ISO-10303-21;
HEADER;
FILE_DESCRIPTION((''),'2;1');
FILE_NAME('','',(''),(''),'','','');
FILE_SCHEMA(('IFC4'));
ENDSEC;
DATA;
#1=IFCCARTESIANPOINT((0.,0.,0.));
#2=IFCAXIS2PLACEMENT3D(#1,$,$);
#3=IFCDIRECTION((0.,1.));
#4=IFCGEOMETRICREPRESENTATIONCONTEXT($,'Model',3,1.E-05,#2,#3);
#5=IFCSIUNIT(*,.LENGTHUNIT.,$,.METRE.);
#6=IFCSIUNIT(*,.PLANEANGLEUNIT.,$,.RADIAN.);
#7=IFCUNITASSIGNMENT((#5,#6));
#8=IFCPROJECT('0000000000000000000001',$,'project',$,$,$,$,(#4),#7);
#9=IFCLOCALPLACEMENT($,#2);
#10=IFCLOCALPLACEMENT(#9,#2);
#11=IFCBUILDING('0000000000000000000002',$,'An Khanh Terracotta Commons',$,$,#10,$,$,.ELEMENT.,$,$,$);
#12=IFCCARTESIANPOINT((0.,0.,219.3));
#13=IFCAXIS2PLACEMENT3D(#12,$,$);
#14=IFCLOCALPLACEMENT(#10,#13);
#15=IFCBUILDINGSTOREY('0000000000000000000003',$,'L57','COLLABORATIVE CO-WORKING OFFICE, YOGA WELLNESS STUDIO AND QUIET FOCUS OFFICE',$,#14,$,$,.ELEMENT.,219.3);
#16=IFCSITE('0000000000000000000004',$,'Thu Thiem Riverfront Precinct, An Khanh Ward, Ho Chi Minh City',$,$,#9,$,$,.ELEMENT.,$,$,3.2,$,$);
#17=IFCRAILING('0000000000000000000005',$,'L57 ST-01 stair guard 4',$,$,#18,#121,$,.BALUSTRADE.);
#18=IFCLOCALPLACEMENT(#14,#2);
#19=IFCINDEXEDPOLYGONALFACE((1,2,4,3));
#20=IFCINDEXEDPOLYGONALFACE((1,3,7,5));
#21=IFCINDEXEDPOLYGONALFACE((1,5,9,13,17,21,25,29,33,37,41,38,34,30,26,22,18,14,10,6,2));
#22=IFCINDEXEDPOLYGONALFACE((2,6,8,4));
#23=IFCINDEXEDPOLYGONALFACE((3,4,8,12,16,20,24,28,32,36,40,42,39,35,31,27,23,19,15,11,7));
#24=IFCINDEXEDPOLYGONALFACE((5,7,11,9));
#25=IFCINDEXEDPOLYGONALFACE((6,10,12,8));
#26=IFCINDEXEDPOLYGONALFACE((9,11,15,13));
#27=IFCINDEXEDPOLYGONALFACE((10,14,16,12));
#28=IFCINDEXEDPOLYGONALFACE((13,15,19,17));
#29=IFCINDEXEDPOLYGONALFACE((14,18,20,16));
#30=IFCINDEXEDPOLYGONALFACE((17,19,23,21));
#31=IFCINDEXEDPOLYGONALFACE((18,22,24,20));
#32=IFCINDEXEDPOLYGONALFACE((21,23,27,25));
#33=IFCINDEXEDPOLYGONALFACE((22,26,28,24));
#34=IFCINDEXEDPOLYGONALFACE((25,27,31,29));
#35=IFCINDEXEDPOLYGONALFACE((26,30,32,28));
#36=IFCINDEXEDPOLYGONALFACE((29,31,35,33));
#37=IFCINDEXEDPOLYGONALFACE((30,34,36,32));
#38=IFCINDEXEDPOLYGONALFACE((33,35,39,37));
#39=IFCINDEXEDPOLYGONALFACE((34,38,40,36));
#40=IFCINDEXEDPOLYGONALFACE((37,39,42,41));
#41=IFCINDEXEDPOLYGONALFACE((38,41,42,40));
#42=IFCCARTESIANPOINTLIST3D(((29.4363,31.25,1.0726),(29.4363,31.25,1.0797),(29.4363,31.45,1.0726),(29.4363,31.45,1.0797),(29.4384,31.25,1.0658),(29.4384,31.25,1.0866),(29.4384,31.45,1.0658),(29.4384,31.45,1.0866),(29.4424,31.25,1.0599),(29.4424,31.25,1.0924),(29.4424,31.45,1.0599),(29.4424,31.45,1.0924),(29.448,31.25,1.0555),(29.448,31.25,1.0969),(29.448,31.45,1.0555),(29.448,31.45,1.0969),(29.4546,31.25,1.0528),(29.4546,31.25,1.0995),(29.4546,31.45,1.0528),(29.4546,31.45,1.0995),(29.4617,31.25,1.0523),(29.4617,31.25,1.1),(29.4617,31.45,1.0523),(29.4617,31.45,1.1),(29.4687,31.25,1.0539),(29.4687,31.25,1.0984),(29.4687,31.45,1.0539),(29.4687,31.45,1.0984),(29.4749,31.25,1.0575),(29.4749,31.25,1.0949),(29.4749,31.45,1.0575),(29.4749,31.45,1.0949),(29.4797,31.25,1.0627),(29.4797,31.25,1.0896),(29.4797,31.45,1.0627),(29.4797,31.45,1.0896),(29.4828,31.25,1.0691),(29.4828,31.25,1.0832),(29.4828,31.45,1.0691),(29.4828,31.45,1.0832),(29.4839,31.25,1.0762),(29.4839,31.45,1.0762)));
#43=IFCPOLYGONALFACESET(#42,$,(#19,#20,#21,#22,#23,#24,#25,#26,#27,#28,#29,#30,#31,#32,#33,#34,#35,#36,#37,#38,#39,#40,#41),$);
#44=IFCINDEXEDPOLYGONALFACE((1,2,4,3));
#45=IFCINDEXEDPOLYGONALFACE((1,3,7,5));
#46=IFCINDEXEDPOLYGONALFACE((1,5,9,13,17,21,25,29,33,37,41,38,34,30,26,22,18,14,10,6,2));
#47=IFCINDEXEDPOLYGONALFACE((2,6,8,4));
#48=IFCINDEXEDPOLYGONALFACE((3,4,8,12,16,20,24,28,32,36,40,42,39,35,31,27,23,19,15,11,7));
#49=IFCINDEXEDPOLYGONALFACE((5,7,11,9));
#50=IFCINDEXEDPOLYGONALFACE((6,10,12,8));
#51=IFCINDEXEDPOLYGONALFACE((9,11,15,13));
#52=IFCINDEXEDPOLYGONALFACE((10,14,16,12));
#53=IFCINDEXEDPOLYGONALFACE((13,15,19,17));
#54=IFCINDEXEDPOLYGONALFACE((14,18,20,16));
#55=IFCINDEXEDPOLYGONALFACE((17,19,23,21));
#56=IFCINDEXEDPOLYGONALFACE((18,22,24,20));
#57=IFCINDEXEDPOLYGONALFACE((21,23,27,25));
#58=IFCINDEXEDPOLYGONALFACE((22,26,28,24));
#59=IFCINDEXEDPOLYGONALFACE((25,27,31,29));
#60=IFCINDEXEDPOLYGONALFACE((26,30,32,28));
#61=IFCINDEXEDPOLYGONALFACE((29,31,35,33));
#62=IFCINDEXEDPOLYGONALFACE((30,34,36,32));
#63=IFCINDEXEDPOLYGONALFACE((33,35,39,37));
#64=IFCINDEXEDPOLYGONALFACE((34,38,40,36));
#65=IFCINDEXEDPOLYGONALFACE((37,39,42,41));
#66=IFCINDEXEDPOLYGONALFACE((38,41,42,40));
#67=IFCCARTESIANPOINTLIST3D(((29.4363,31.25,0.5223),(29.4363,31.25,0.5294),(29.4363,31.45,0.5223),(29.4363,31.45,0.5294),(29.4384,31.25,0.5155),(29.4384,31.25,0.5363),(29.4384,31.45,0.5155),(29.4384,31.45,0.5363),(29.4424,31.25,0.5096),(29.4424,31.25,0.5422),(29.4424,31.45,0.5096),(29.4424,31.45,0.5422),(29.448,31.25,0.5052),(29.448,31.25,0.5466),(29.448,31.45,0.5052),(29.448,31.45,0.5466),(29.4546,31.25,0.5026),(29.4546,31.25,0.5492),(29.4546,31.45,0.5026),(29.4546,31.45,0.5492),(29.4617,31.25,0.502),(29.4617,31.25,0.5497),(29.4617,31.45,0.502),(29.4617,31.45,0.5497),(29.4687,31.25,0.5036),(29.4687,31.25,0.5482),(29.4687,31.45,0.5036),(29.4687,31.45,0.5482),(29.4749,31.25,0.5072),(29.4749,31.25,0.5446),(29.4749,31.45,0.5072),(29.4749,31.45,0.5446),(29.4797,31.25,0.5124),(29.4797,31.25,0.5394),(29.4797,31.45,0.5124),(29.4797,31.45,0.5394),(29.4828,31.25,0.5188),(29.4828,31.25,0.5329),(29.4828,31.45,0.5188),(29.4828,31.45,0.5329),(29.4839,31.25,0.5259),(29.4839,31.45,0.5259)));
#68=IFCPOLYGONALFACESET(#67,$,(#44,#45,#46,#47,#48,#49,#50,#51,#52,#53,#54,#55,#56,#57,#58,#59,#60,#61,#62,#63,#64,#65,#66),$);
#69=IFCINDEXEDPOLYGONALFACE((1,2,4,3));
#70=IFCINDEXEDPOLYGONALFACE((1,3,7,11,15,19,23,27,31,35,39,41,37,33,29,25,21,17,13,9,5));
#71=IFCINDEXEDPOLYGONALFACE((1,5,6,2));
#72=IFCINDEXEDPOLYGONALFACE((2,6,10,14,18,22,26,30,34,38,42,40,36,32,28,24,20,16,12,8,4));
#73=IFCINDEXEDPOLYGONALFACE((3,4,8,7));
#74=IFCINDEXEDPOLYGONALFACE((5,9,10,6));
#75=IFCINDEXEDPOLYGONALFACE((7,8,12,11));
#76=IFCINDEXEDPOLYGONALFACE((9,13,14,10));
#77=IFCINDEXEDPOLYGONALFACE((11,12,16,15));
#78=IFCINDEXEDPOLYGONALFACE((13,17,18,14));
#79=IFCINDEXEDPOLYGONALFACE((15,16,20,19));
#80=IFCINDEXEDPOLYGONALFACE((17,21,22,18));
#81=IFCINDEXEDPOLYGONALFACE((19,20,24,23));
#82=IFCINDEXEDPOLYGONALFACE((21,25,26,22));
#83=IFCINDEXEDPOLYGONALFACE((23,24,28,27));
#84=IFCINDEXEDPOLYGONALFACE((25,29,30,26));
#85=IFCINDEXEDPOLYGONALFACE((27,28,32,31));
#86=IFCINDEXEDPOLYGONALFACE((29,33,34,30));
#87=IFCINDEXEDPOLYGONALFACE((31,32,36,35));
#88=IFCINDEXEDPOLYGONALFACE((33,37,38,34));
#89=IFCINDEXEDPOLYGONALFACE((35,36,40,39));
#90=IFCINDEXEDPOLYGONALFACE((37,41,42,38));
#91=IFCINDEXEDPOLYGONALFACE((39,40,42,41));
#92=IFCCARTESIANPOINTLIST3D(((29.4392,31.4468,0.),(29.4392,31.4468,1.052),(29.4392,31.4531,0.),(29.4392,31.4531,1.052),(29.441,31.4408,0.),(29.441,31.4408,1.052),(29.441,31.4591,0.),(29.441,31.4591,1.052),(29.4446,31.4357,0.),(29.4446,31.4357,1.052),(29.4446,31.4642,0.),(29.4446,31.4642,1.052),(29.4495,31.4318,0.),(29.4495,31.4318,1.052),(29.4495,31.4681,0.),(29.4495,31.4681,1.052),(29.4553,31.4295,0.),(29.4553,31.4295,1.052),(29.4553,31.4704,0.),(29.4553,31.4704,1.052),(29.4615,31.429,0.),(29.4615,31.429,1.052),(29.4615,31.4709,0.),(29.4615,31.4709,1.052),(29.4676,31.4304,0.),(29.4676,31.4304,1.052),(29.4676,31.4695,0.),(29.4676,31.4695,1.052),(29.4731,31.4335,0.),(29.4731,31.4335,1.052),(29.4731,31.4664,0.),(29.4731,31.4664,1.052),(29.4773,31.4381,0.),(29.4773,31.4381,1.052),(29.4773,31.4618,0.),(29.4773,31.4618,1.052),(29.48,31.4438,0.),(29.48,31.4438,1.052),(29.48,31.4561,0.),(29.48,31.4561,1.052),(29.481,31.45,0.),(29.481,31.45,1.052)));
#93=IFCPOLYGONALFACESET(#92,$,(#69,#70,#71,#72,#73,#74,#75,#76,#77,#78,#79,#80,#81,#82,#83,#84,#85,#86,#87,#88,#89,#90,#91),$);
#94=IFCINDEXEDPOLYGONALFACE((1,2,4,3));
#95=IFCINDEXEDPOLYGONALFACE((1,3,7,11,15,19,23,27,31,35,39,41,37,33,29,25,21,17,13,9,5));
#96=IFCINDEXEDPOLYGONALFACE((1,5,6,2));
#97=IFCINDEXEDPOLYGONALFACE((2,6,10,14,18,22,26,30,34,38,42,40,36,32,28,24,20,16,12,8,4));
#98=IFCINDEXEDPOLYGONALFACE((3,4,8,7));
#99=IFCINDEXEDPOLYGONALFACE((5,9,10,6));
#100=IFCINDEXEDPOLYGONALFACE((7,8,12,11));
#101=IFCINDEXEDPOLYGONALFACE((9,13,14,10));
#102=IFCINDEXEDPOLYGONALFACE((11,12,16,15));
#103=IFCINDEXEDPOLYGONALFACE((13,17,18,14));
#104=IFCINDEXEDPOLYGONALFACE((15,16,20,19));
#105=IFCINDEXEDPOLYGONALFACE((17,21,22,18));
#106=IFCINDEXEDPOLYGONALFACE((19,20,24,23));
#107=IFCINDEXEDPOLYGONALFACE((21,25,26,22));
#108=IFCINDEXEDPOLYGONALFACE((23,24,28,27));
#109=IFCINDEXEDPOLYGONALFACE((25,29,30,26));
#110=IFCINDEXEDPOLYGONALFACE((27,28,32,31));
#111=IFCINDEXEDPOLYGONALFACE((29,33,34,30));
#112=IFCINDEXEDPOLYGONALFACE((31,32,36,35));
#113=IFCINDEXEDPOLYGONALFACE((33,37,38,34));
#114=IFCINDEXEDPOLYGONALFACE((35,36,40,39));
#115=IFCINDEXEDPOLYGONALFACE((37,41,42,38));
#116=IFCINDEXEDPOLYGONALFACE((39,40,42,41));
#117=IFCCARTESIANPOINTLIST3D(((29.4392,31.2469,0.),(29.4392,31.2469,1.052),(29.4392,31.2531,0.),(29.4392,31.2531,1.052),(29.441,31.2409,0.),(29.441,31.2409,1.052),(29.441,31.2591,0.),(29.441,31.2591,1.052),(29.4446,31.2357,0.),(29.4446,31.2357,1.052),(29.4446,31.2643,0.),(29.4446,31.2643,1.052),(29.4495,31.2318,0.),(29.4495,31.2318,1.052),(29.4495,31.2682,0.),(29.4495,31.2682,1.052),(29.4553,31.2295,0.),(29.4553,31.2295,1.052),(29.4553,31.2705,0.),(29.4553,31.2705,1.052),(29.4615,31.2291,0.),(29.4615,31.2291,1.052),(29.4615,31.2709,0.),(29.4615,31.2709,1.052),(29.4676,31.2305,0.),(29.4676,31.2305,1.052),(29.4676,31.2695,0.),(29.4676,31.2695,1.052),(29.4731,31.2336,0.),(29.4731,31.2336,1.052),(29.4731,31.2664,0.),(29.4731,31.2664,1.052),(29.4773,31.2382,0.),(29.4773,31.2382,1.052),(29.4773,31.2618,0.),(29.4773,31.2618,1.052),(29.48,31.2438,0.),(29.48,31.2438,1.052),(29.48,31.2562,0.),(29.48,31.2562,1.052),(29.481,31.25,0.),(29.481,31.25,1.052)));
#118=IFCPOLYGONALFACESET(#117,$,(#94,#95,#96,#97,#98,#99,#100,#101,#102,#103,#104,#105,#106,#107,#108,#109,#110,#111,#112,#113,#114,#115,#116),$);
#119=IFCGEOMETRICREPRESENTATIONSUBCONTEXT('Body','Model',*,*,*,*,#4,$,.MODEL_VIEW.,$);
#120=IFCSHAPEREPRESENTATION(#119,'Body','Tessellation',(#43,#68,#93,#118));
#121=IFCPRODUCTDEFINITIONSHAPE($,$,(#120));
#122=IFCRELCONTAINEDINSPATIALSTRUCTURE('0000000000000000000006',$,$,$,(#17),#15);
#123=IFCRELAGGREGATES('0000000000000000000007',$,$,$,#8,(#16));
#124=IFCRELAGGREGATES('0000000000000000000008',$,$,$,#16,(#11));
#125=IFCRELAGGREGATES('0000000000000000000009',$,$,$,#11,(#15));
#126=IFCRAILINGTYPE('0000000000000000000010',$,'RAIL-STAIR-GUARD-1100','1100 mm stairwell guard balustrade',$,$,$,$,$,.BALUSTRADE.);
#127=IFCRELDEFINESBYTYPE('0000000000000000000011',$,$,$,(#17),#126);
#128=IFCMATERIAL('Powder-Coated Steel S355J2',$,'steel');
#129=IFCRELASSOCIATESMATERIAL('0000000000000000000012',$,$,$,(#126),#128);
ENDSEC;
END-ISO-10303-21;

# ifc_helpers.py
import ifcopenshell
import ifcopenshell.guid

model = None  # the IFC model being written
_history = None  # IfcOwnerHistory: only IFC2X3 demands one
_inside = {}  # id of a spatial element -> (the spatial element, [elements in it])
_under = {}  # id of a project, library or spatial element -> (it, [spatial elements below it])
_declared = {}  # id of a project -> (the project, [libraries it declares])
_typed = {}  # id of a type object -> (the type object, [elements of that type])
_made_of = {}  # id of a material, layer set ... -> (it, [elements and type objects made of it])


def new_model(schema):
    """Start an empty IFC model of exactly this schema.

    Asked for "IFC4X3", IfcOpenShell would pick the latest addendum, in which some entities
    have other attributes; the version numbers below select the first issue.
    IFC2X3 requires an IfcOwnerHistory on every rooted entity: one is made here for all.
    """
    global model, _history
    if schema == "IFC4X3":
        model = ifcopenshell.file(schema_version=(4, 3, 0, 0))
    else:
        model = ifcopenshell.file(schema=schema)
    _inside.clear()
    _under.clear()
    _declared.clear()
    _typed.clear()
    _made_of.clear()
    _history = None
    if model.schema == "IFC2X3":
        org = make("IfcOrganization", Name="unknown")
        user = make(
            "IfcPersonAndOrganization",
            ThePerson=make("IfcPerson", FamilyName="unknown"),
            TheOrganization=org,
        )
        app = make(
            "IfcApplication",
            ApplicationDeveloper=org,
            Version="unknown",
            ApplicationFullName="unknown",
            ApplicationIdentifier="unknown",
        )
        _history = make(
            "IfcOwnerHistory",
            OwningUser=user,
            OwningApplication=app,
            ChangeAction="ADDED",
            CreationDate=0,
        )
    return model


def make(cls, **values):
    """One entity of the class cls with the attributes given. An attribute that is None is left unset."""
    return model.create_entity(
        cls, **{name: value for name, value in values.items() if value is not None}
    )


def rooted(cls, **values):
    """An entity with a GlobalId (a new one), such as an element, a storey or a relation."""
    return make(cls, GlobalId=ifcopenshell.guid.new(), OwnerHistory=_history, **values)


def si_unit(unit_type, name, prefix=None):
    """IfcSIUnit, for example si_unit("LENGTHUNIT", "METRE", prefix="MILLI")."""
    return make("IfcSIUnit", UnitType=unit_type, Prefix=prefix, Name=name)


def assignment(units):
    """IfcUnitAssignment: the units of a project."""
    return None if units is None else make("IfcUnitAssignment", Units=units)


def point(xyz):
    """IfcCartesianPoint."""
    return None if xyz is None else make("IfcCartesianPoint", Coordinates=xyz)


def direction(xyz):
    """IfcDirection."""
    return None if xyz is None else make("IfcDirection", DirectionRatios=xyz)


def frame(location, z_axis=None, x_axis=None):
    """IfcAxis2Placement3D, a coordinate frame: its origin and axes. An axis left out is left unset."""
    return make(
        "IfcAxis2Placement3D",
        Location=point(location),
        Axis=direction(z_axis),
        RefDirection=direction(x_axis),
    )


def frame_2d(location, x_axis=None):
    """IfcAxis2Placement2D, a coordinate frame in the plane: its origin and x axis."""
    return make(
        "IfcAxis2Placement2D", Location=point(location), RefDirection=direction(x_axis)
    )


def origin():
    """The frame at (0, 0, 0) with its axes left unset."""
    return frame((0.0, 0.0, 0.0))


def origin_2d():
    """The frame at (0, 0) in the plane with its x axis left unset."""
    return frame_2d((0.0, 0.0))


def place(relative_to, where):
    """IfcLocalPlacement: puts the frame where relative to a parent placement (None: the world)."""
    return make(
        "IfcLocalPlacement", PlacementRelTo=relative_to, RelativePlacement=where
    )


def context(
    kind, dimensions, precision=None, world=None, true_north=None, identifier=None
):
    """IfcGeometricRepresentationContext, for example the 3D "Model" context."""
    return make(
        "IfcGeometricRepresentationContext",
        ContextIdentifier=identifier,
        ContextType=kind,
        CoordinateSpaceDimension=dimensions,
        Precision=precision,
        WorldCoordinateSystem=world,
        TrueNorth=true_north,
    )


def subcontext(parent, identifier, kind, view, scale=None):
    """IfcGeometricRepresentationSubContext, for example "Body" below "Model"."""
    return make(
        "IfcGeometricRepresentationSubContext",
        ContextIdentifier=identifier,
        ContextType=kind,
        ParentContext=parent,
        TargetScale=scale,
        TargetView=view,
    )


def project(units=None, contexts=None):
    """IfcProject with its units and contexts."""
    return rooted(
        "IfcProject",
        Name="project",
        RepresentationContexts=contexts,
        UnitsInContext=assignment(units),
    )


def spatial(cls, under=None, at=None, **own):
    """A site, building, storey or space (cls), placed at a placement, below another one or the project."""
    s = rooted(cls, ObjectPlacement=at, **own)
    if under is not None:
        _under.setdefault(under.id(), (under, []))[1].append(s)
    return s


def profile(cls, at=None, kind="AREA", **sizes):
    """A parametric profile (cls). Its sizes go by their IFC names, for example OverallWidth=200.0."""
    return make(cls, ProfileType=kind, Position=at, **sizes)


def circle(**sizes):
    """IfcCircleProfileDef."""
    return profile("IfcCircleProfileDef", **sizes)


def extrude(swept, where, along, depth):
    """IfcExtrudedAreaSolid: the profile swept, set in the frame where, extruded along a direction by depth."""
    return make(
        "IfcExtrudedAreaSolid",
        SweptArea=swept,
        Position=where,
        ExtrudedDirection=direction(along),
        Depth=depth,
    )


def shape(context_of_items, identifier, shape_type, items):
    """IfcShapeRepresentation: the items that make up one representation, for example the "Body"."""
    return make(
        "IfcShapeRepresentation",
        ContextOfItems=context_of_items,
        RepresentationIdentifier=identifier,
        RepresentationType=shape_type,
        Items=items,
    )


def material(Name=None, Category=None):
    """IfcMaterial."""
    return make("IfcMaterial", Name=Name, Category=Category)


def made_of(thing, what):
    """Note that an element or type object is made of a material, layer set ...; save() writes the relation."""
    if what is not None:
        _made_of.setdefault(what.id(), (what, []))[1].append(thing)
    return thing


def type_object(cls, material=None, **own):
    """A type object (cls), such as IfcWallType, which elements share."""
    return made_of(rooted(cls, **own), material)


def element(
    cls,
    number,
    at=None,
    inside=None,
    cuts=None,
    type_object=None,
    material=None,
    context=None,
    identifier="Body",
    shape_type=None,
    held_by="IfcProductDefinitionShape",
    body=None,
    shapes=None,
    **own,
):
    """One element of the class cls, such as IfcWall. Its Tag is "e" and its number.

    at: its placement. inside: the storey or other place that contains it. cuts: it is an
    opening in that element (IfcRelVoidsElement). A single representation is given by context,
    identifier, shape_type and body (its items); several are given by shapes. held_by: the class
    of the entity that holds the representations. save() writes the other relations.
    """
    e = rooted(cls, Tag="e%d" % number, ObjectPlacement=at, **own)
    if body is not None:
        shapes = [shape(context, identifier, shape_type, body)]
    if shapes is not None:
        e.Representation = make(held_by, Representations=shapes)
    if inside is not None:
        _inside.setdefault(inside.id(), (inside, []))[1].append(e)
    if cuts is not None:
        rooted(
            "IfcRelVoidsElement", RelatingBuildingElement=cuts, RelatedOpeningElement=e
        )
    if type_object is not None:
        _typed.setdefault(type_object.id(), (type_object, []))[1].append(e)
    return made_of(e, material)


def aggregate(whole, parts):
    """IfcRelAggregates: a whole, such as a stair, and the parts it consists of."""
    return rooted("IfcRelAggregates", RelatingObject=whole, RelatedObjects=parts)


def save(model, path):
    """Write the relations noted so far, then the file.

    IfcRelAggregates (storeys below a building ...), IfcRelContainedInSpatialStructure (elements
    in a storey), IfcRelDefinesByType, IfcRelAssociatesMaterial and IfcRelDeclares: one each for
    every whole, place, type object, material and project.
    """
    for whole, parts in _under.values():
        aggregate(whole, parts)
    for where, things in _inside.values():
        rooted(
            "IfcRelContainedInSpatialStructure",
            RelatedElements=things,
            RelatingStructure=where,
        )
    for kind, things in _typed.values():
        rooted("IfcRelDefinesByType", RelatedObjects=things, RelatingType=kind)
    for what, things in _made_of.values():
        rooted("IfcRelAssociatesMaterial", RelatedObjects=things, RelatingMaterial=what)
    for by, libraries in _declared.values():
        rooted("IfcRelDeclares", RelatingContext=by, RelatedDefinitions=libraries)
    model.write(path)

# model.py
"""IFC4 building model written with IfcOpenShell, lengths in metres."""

from ifc_helpers import new_model, si_unit, direction, frame, origin, origin_2d, place, context, subcontext, project, spatial, circle, extrude, material, type_object, element, save


model = new_model("IFC4")

# Units and contexts
model_context = context("Model", 3, precision=1e-05, world=origin(), true_north=direction((0.0, 1.0)))
body_context = subcontext(model_context, "Body", "Model", "MODEL_VIEW")
ifc_project = project(units=[si_unit("LENGTHUNIT", "METRE"), si_unit("PLANEANGLEUNIT", "RADIAN")], contexts=[model_context])

# Site, building, storey
site_placement = place(None, origin())
site = spatial("IfcSite", under=ifc_project, at=site_placement, Name="Thu Thiem Riverfront Precinct, An Khanh Ward, Ho Chi Minh City", CompositionType="ELEMENT", RefElevation=3.2)
building_placement = place(site_placement, origin())
building = spatial("IfcBuilding", under=site, at=building_placement, Name="An Khanh Terracotta Commons", CompositionType="ELEMENT")
storey_placement = place(building_placement, frame((0.0, 0.0, 219.3)))
storey = spatial("IfcBuildingStorey", under=building, at=storey_placement, Name="L57", Description="COLLABORATIVE CO-WORKING OFFICE, YOGA WELLNESS STUDIO AND QUIET FOCUS OFFICE", CompositionType="ELEMENT", Elevation=219.3)

# Railing
ifc_material_1 = material(Name="Powder-Coated Steel S355J2", Category="steel")
railing_type_1 = type_object("IfcRailingType", Name="RAIL-STAIR-GUARD-1100", Description="1100 mm stairwell guard balustrade", PredefinedType="BALUSTRADE", material=ifc_material_1)
railing_1_placement = place(storey_placement, frame((29.46, 31.45, 0.0)))
element("IfcRailing", 1, at=railing_1_placement, inside=storey, type_object=railing_type_1, Name="L57 ST-01 stair guard 4", PredefinedType="BALUSTRADE", context=body_context, shape_type="SweptSolid", body=[
    extrude(circle(Radius=0.0239, at=origin_2d()), frame((0.0, 0.0, 1.0762), z_axis=(0.0, -1.0, 0.0), x_axis=(1.0, 0.0, 0.0)), (0.0, 0.0, 1.0), 0.2),
    extrude(circle(Radius=0.0239, at=origin_2d()), frame((0.0, 0.0, 0.5259), z_axis=(0.0, -1.0, 0.0), x_axis=(1.0, 0.0, 0.0)), (0.0, 0.0, 1.0), 0.2),
    extrude(circle(Radius=0.021, at=origin_2d()), origin(), (0.0, 0.0, 1.0), 1.052),
    extrude(circle(Radius=0.021, at=origin_2d()), frame((0.0, -0.2, 0.0)), (0.0, 0.0, 1.0), 1.052),
])

save(model, "model.ifc")
